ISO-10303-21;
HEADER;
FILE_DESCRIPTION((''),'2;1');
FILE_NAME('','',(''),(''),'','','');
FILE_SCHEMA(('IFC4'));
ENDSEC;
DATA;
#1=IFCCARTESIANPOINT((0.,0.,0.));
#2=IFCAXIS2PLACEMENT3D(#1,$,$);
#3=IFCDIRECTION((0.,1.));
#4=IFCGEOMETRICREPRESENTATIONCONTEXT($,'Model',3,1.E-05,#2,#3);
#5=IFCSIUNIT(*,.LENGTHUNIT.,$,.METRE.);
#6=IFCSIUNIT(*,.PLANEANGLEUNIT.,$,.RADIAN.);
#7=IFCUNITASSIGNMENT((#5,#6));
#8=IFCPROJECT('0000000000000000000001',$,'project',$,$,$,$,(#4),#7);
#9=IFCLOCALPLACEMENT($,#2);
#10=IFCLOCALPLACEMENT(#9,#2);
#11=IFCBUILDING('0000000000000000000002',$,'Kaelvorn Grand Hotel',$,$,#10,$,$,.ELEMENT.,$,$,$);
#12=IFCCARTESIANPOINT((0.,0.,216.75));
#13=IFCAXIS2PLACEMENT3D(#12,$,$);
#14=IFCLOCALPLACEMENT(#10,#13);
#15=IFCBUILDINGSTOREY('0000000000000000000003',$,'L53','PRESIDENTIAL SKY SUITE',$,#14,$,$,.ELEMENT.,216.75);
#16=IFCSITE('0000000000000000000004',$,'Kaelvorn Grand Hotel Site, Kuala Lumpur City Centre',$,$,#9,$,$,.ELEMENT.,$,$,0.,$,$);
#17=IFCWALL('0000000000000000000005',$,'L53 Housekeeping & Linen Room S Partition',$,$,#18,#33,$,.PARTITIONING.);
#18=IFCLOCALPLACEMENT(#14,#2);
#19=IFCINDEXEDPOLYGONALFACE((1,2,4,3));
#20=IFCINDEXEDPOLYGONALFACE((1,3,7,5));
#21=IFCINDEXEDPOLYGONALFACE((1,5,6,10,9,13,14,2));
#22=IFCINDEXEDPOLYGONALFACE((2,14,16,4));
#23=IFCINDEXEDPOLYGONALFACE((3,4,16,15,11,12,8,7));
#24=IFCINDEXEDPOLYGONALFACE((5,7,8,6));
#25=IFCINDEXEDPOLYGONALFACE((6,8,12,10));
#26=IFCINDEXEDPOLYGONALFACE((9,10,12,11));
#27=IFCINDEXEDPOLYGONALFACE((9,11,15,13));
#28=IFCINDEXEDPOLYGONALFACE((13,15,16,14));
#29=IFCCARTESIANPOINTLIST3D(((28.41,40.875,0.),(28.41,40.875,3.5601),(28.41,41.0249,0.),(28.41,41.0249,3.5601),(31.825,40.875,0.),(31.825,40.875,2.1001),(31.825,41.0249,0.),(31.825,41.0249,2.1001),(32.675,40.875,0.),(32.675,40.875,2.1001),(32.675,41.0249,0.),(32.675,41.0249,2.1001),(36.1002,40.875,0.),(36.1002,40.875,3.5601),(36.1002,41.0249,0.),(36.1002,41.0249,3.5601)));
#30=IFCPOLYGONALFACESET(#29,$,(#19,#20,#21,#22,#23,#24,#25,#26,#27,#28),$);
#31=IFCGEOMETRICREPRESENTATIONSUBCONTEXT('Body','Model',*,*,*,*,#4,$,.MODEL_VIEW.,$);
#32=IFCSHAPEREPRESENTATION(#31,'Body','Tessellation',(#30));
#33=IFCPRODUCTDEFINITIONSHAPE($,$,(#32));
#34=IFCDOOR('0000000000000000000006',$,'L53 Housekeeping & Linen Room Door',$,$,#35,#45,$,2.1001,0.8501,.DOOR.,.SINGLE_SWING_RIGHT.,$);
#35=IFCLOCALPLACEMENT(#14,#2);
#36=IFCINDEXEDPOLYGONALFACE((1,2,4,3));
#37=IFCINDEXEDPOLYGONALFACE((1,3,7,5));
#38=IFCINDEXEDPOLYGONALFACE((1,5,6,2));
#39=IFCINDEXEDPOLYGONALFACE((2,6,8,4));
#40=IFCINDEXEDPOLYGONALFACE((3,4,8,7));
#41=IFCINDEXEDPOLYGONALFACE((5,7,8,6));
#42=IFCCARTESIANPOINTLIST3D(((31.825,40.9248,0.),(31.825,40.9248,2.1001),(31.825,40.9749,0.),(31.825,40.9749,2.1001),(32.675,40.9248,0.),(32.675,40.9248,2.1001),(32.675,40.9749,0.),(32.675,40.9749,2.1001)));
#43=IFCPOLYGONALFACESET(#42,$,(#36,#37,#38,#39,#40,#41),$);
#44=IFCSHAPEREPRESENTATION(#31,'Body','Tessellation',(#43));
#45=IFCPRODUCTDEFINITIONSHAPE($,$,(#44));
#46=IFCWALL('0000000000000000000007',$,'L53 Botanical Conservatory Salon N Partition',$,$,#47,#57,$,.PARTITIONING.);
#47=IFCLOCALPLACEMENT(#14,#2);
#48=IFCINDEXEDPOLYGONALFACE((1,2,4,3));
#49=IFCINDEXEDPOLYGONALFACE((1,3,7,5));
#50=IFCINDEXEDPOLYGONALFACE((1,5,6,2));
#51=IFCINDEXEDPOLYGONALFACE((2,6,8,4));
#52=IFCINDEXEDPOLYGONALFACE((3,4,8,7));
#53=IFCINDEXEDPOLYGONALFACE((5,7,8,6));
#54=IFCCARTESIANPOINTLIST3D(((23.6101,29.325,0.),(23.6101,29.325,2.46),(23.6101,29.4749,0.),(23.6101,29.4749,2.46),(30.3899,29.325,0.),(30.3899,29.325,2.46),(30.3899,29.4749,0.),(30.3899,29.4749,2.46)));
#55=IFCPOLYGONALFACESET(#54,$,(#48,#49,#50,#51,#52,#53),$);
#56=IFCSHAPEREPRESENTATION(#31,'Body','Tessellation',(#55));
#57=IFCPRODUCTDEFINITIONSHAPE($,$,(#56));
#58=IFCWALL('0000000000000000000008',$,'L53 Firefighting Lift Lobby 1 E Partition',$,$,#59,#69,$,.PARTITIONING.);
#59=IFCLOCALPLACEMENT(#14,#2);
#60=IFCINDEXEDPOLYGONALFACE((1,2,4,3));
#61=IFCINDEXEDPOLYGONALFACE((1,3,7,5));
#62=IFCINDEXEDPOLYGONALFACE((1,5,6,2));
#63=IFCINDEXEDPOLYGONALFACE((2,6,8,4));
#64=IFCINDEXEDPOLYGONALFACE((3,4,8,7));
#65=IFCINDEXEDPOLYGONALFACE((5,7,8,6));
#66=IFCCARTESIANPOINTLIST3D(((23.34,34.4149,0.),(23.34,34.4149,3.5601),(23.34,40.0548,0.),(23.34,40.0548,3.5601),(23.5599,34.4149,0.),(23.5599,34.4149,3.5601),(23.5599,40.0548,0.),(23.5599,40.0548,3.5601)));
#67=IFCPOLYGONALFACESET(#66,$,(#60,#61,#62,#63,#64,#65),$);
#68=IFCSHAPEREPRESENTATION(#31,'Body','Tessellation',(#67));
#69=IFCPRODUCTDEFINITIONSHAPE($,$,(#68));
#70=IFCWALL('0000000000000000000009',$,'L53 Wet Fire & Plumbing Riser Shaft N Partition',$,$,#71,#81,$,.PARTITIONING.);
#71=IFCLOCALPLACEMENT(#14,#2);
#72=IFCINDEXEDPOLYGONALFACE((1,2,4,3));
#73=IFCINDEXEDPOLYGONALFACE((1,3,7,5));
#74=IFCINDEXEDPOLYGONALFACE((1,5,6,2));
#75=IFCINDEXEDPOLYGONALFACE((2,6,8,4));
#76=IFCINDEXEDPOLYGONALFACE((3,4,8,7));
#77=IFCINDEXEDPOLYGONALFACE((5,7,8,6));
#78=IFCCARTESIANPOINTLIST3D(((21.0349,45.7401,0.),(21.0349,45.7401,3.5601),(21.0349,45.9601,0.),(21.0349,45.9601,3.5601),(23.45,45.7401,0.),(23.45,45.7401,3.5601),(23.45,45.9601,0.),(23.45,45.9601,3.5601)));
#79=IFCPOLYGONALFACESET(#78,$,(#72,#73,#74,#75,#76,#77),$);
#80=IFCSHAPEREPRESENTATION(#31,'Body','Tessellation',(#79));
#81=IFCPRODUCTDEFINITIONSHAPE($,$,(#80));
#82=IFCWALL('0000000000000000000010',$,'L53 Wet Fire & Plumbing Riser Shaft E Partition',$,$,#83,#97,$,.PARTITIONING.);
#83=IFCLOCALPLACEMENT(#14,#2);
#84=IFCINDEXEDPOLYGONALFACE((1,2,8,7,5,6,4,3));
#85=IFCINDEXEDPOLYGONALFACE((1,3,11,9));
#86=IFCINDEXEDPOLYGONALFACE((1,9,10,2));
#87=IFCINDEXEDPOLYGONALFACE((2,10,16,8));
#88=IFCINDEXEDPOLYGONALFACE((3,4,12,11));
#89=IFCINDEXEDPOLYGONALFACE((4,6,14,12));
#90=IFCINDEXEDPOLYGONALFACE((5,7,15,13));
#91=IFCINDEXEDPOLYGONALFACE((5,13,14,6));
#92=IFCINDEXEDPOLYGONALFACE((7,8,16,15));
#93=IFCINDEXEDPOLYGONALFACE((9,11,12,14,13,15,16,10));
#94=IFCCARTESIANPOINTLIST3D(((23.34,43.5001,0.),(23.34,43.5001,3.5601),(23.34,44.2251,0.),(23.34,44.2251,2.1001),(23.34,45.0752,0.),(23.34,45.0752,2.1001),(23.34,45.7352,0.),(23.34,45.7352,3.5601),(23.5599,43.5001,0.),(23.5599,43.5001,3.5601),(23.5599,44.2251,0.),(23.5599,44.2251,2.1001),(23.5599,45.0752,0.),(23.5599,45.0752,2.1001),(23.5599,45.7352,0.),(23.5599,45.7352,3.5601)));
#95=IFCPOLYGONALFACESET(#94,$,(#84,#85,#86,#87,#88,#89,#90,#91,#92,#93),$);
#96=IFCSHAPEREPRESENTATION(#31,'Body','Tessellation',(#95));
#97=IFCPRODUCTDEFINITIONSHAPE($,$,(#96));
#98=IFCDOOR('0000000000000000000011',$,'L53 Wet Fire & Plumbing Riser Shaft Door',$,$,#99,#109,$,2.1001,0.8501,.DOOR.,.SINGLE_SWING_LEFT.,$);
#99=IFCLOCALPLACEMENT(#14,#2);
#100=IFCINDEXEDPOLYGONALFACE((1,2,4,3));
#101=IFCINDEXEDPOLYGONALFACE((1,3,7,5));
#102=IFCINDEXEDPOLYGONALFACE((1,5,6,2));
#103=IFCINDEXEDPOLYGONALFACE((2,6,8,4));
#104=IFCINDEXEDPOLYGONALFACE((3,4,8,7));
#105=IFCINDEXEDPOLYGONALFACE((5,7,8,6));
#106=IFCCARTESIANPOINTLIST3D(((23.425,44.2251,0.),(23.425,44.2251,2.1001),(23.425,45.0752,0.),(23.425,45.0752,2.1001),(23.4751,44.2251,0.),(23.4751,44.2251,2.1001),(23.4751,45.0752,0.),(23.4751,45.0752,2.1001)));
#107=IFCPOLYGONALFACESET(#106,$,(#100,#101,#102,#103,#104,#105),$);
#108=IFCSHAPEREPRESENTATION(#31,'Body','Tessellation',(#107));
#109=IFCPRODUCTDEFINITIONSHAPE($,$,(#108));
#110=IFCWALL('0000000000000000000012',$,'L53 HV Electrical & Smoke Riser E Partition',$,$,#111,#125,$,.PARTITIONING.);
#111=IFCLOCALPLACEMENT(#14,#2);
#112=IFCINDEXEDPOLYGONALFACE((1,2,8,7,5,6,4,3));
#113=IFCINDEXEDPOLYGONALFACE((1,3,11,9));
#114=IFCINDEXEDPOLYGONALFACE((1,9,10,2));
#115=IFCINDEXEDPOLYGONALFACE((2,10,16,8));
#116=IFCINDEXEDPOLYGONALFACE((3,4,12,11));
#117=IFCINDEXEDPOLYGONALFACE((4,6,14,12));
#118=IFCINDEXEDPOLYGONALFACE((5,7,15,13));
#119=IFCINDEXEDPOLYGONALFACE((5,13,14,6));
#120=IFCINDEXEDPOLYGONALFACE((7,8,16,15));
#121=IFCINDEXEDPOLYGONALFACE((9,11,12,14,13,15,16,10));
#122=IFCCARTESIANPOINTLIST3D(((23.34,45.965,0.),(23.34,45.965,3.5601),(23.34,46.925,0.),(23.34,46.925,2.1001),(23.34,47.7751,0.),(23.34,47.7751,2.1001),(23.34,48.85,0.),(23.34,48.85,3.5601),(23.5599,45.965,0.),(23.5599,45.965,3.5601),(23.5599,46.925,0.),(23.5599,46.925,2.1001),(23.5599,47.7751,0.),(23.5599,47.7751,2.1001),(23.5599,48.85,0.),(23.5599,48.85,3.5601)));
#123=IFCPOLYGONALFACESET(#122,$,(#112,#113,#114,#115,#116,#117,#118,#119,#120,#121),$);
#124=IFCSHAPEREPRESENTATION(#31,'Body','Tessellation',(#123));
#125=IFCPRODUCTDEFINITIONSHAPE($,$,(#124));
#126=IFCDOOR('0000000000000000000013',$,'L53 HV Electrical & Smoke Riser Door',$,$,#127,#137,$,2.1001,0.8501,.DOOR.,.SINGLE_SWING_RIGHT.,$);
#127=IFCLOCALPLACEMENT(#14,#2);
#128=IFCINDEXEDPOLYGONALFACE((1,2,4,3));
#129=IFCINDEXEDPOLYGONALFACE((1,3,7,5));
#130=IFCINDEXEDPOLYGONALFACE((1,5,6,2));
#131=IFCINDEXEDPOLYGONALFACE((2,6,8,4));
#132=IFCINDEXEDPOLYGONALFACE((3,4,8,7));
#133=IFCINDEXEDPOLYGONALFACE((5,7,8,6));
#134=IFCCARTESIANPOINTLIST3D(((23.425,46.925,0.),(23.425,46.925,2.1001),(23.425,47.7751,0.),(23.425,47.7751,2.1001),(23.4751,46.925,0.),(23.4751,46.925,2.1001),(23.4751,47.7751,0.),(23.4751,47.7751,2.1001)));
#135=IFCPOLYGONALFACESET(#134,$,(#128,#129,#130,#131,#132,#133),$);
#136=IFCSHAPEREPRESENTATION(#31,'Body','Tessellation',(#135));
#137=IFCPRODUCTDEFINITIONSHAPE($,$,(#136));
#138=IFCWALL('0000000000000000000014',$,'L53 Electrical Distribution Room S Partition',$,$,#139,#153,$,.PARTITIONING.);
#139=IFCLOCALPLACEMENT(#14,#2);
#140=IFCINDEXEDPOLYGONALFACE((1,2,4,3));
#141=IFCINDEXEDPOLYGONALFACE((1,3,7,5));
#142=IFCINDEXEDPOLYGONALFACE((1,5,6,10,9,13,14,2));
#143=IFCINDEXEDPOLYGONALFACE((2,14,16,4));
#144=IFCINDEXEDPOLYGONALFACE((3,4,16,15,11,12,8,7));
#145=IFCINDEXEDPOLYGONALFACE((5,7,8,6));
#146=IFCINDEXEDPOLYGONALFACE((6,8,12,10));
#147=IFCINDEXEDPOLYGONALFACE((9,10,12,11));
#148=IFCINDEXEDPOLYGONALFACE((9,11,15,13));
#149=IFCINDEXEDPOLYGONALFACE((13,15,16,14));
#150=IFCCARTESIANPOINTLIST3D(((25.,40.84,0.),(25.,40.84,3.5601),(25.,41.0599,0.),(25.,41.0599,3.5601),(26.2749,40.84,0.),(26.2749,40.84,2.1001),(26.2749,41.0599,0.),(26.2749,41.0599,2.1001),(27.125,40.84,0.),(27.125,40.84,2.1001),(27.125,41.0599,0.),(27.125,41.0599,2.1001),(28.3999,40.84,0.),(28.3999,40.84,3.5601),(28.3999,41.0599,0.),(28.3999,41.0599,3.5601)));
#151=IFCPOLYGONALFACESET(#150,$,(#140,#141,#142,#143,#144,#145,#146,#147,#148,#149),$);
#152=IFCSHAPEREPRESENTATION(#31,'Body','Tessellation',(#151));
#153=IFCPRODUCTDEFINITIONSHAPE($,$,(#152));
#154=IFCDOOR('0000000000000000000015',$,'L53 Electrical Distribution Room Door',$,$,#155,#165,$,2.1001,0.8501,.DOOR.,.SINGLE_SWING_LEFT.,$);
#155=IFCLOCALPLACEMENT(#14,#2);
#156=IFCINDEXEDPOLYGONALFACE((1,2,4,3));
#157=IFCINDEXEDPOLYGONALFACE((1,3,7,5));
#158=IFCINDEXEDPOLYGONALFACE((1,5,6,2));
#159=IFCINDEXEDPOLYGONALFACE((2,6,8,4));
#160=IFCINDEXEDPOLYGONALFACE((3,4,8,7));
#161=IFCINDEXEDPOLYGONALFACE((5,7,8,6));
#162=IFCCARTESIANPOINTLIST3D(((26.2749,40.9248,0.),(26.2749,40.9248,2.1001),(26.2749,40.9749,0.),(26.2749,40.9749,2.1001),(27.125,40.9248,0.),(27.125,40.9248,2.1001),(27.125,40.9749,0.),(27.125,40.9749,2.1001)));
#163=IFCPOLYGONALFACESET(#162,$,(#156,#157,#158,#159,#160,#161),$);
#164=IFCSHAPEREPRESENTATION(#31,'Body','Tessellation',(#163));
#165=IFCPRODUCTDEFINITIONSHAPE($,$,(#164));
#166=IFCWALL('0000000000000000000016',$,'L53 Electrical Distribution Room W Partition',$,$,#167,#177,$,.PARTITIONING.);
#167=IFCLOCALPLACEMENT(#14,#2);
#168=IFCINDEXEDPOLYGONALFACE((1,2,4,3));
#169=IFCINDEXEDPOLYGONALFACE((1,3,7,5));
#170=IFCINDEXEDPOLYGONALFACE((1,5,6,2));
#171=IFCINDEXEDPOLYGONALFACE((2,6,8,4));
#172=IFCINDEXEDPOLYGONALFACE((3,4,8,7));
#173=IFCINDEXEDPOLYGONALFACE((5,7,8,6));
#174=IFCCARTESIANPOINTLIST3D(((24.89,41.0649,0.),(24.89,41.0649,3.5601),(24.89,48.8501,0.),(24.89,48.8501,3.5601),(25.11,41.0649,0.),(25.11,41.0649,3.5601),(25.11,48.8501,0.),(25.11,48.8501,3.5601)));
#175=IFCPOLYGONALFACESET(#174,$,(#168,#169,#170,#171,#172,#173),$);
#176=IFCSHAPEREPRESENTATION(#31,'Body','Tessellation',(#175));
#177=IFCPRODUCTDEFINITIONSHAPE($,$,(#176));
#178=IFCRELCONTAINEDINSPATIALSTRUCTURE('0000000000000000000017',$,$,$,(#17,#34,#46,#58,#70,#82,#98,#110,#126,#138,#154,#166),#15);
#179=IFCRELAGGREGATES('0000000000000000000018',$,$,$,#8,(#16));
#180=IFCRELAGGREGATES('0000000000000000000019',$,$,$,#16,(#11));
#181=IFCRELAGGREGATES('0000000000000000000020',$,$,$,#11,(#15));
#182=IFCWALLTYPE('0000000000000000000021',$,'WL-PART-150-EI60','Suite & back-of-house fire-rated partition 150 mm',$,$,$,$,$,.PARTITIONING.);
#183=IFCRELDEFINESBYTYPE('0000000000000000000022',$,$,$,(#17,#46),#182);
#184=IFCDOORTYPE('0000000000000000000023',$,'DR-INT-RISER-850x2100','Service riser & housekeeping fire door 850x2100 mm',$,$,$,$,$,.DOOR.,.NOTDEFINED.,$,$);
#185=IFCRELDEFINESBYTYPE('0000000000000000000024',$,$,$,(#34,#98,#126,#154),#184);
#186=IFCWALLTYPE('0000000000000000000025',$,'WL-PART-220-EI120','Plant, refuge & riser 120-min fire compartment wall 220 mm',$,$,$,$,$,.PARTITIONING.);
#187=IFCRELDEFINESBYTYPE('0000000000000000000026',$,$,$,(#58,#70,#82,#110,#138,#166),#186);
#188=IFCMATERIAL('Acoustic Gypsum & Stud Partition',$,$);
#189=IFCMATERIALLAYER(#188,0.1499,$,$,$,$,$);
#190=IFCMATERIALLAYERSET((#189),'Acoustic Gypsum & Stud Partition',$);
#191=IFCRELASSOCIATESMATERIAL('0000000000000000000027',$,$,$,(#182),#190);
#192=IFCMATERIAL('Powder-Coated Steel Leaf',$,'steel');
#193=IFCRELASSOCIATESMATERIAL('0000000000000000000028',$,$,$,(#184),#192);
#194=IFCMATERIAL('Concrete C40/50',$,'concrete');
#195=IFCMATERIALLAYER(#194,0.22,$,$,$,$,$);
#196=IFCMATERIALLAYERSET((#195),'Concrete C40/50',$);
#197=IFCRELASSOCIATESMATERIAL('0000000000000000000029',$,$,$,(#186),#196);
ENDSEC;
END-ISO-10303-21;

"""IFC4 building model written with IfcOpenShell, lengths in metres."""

from ifc_helpers import new_model, si_unit, direction, frame, frame_2d, origin, place, context, subcontext, project, spatial, rectangle, extrude, material, layer, layer_set, type_object, element, fill, save


model = new_model("IFC4")

# Units and contexts
model_context = context("Model", 3, precision=1e-05, world=origin(), true_north=direction((0.0, 1.0)))
body_context = subcontext(model_context, "Body", "Model", "MODEL_VIEW")
ifc_project = project(units=[si_unit("LENGTHUNIT", "METRE"), si_unit("PLANEANGLEUNIT", "RADIAN")], contexts=[model_context])

# Site, building, storey
site_placement = place(None, origin())
site = spatial("IfcSite", under=ifc_project, at=site_placement, Name="Kaelvorn Grand Hotel Site, Kuala Lumpur City Centre", CompositionType="ELEMENT", RefElevation=0.0)
building_placement = place(site_placement, origin())
building = spatial("IfcBuilding", under=site, at=building_placement, Name="Kaelvorn Grand Hotel", CompositionType="ELEMENT")
storey_placement = place(building_placement, frame((0.0, 0.0, 216.75)))
storey = spatial("IfcBuildingStorey", under=building, at=storey_placement, Name="L53", Description="PRESIDENTIAL SKY SUITE", CompositionType="ELEMENT", Elevation=216.75)

# Shared definitions
ifc_material_1 = material(Name="Acoustic Gypsum & Stud Partition")
ifc_layer_1 = layer(ifc_material_1, 0.1499)
ifc_layer_set_1 = layer_set([ifc_layer_1], Name="Acoustic Gypsum & Stud Partition")
wall_type_1 = type_object("IfcWallType", Name="WL-PART-150-EI60", Description="Suite & back-of-house fire-rated partition 150 mm", PredefinedType="PARTITIONING", material=ifc_layer_set_1)

# Wall, opening, door
wall_1_placement = place(storey_placement, frame((28.4099, 40.95, 0.0), z_axis=(0.0, 0.0, 1.0), x_axis=(1.0, 0.0, 0.0)))
wall_1 = element("IfcWall", 1, at=wall_1_placement, inside=storey, type_object=wall_type_1, Name="L53 Housekeeping & Linen Room S Partition", PredefinedType="PARTITIONING", context=body_context, shape_type="SweptSolid", body=[
    extrude(rectangle(XDim=7.6902, YDim=0.1499, at=frame_2d((3.8452, 0.0))), origin(), (0.0, 0.0, 1.0), 3.5601),
])
opening_1_placement = place(wall_1_placement, frame((3.415, 0.0, 0.0)))
opening_1 = element("IfcOpeningElement", 2, at=opening_1_placement, cuts=wall_1, PredefinedType="OPENING", context=body_context, shape_type="SweptSolid", body=[
    extrude(rectangle(XDim=0.8501, YDim=2.1001, at=frame_2d((0.425, 1.05))), frame((0.0, 0.085, 0.0), z_axis=(0.0, -1.0, 0.0), x_axis=(1.0, 0.0, 0.0)), (0.0, 0.0, 1.0), 0.1699),
])
ifc_material_2 = material(Name="Powder-Coated Steel Leaf", Category="steel")
door_type_1 = type_object("IfcDoorType", Name="DR-INT-RISER-850x2100", Description="Service riser & housekeeping fire door 850x2100 mm", OperationType="NOTDEFINED", PredefinedType="DOOR", material=ifc_material_2)
door_1_placement = place(opening_1_placement, origin())
door_1 = element("IfcDoor", 3, at=door_1_placement, inside=storey, type_object=door_type_1, Name="L53 Housekeeping & Linen Room Door", OperationType="SINGLE_SWING_RIGHT", OverallHeight=2.1001, OverallWidth=0.8501, PredefinedType="DOOR", context=body_context, shape_type="SweptSolid", body=[
    extrude(rectangle(XDim=0.8501, YDim=2.1001, at=frame_2d((0.425, 1.05))), frame((0.0, 0.0249, 0.0), z_axis=(0.0, -1.0, 0.0), x_axis=(1.0, 0.0, 0.0)), (0.0, 0.0, 1.0), 0.05),
])
fill(opening_1, door_1)

# Walls
wall_2_placement = place(storey_placement, frame((23.6101, 29.3999, 0.0), z_axis=(0.0, 0.0, 1.0), x_axis=(1.0, 0.0, 0.0)))
element("IfcWall", 4, at=wall_2_placement, inside=storey, type_object=wall_type_1, Name="L53 Botanical Conservatory Salon N Partition", PredefinedType="PARTITIONING", context=body_context, shape_type="SweptSolid", body=[
    extrude(rectangle(XDim=6.7798, YDim=0.1499, at=frame_2d((3.3899, 0.0))), origin(), (0.0, 0.0, 1.0), 2.46),
])
ifc_material_3 = material(Name="Concrete C40/50", Category="concrete")
ifc_layer_2 = layer(ifc_material_3, 0.22)
ifc_layer_set_2 = layer_set([ifc_layer_2], Name="Concrete C40/50")
wall_type_2 = type_object("IfcWallType", Name="WL-PART-220-EI120", Description="Plant, refuge & riser 120-min fire compartment wall 220 mm", PredefinedType="PARTITIONING", material=ifc_layer_set_2)
wall_3_placement = place(storey_placement, frame((23.45, 34.415, 0.0), z_axis=(0.0, 0.0, 1.0), x_axis=(0.0, 1.0, 0.0)))
element("IfcWall", 5, at=wall_3_placement, inside=storey, type_object=wall_type_2, Name="L53 Firefighting Lift Lobby 1 E Partition", PredefinedType="PARTITIONING", context=body_context, shape_type="SweptSolid", body=[
    extrude(rectangle(XDim=5.6399, YDim=0.22, at=frame_2d((2.8198, 0.0))), origin(), (0.0, 0.0, 1.0), 3.5601),
])
wall_4_placement = place(storey_placement, frame((21.0349, 45.8501, 0.0), z_axis=(0.0, 0.0, 1.0), x_axis=(1.0, 0.0, 0.0)))
element("IfcWall", 6, at=wall_4_placement, inside=storey, type_object=wall_type_2, Name="L53 Wet Fire & Plumbing Riser Shaft N Partition", PredefinedType="PARTITIONING", context=body_context, shape_type="SweptSolid", body=[
    extrude(rectangle(XDim=2.415, YDim=0.22, at=frame_2d((1.2075, 0.0))), origin(), (0.0, 0.0, 1.0), 3.5601),
])

# Walls, openings, doors
wall_5_placement = place(storey_placement, frame((23.45, 43.5, 0.0), z_axis=(0.0, 0.0, 1.0), x_axis=(0.0, 1.0, 0.0)))
wall_5 = element("IfcWall", 7, at=wall_5_placement, inside=storey, type_object=wall_type_2, Name="L53 Wet Fire & Plumbing Riser Shaft E Partition", PredefinedType="PARTITIONING", context=body_context, shape_type="SweptSolid", body=[
    extrude(rectangle(XDim=2.2351, YDim=0.22, at=frame_2d((1.1177, 0.0))), origin(), (0.0, 0.0, 1.0), 3.5601),
])
opening_2_placement = place(wall_5_placement, frame((0.7251, 0.0, 0.0)))
opening_2 = element("IfcOpeningElement", 8, at=opening_2_placement, cuts=wall_5, PredefinedType="OPENING", context=body_context, shape_type="SweptSolid", body=[
    extrude(rectangle(XDim=0.8501, YDim=2.1001, at=frame_2d((0.425, 1.05))), frame((0.0, 0.1201, 0.0), z_axis=(0.0, -1.0, 0.0), x_axis=(1.0, 0.0, 0.0)), (0.0, 0.0, 1.0), 0.24),
])
door_2_placement = place(opening_2_placement, origin())
door_2 = element("IfcDoor", 9, at=door_2_placement, inside=storey, type_object=door_type_1, Name="L53 Wet Fire & Plumbing Riser Shaft Door", OperationType="SINGLE_SWING_LEFT", OverallHeight=2.1001, OverallWidth=0.8501, PredefinedType="DOOR", context=body_context, shape_type="SweptSolid", body=[
    extrude(rectangle(XDim=0.8501, YDim=2.1001, at=frame_2d((0.425, 1.05))), frame((0.0, 0.0249, 0.0), z_axis=(0.0, -1.0, 0.0), x_axis=(1.0, 0.0, 0.0)), (0.0, 0.0, 1.0), 0.05),
])
fill(opening_2, door_2)
wall_6_placement = place(storey_placement, frame((23.45, 45.9651, 0.0), z_axis=(0.0, 0.0, 1.0), x_axis=(0.0, 1.0, 0.0)))
wall_6 = element("IfcWall", 10, at=wall_6_placement, inside=storey, type_object=wall_type_2, Name="L53 HV Electrical & Smoke Riser E Partition", PredefinedType="PARTITIONING", context=body_context, shape_type="SweptSolid", body=[
    extrude(rectangle(XDim=2.885, YDim=0.22, at=frame_2d((1.4424, 0.0))), origin(), (0.0, 0.0, 1.0), 3.5601),
])
opening_3_placement = place(wall_6_placement, frame((0.96, 0.0, 0.0)))
opening_3 = element("IfcOpeningElement", 11, at=opening_3_placement, cuts=wall_6, PredefinedType="OPENING", context=body_context, shape_type="SweptSolid", body=[
    extrude(rectangle(XDim=0.8501, YDim=2.1001, at=frame_2d((0.425, 1.05))), frame((0.0, 0.1201, 0.0), z_axis=(0.0, -1.0, 0.0), x_axis=(1.0, 0.0, 0.0)), (0.0, 0.0, 1.0), 0.24),
])
door_3_placement = place(opening_3_placement, origin())
door_3 = element("IfcDoor", 12, at=door_3_placement, inside=storey, type_object=door_type_1, Name="L53 HV Electrical & Smoke Riser Door", OperationType="SINGLE_SWING_RIGHT", OverallHeight=2.1001, OverallWidth=0.8501, PredefinedType="DOOR", context=body_context, shape_type="SweptSolid", body=[
    extrude(rectangle(XDim=0.8501, YDim=2.1001, at=frame_2d((0.425, 1.05))), frame((0.0, 0.0249, 0.0), z_axis=(0.0, -1.0, 0.0), x_axis=(1.0, 0.0, 0.0)), (0.0, 0.0, 1.0), 0.05),
])
fill(opening_3, door_3)
wall_7_placement = place(storey_placement, frame((25.0, 40.95, 0.0), z_axis=(0.0, 0.0, 1.0), x_axis=(1.0, 0.0, 0.0)))
wall_7 = element("IfcWall", 13, at=wall_7_placement, inside=storey, type_object=wall_type_2, Name="L53 Electrical Distribution Room S Partition", PredefinedType="PARTITIONING", context=body_context, shape_type="SweptSolid", body=[
    extrude(rectangle(XDim=3.3999, YDim=0.22, at=frame_2d((1.7, 0.0))), origin(), (0.0, 0.0, 1.0), 3.5601),
])
opening_4_placement = place(wall_7_placement, frame((1.2749, 0.0, 0.0)))
opening_4 = element("IfcOpeningElement", 14, at=opening_4_placement, cuts=wall_7, PredefinedType="OPENING", context=body_context, shape_type="SweptSolid", body=[
    extrude(rectangle(XDim=0.8501, YDim=2.1001, at=frame_2d((0.425, 1.05))), frame((0.0, 0.1201, 0.0), z_axis=(0.0, -1.0, 0.0), x_axis=(1.0, 0.0, 0.0)), (0.0, 0.0, 1.0), 0.24),
])
door_4_placement = place(opening_4_placement, origin())
door_4 = element("IfcDoor", 15, at=door_4_placement, inside=storey, type_object=door_type_1, Name="L53 Electrical Distribution Room Door", OperationType="SINGLE_SWING_LEFT", OverallHeight=2.1001, OverallWidth=0.8501, PredefinedType="DOOR", context=body_context, shape_type="SweptSolid", body=[
    extrude(rectangle(XDim=0.8501, YDim=2.1001, at=frame_2d((0.425, 1.05))), frame((0.0, 0.0249, 0.0), z_axis=(0.0, -1.0, 0.0), x_axis=(1.0, 0.0, 0.0)), (0.0, 0.0, 1.0), 0.05),
])
fill(opening_4, door_4)

# Wall
for number, where, z_axis, x_axis, name in (
    (16, (25.0, 41.0649, 0.0), (0.0, 0.0, 1.0), (0.0, 1.0, 0.0), "L53 Electrical Distribution Room W Partition"),
):
    element("IfcWall", number, at=place(storey_placement, frame(where, z_axis=z_axis, x_axis=x_axis)), inside=storey, type_object=wall_type_2, Name=name, PredefinedType="PARTITIONING", context=body_context, shape_type="SweptSolid", body=[
        extrude(rectangle(XDim=7.7852, YDim=0.22, at=frame_2d((3.8926, 0.0))), origin(), (0.0, 0.0, 1.0), 3.5601),
    ])

save(model, "model.ifc")
